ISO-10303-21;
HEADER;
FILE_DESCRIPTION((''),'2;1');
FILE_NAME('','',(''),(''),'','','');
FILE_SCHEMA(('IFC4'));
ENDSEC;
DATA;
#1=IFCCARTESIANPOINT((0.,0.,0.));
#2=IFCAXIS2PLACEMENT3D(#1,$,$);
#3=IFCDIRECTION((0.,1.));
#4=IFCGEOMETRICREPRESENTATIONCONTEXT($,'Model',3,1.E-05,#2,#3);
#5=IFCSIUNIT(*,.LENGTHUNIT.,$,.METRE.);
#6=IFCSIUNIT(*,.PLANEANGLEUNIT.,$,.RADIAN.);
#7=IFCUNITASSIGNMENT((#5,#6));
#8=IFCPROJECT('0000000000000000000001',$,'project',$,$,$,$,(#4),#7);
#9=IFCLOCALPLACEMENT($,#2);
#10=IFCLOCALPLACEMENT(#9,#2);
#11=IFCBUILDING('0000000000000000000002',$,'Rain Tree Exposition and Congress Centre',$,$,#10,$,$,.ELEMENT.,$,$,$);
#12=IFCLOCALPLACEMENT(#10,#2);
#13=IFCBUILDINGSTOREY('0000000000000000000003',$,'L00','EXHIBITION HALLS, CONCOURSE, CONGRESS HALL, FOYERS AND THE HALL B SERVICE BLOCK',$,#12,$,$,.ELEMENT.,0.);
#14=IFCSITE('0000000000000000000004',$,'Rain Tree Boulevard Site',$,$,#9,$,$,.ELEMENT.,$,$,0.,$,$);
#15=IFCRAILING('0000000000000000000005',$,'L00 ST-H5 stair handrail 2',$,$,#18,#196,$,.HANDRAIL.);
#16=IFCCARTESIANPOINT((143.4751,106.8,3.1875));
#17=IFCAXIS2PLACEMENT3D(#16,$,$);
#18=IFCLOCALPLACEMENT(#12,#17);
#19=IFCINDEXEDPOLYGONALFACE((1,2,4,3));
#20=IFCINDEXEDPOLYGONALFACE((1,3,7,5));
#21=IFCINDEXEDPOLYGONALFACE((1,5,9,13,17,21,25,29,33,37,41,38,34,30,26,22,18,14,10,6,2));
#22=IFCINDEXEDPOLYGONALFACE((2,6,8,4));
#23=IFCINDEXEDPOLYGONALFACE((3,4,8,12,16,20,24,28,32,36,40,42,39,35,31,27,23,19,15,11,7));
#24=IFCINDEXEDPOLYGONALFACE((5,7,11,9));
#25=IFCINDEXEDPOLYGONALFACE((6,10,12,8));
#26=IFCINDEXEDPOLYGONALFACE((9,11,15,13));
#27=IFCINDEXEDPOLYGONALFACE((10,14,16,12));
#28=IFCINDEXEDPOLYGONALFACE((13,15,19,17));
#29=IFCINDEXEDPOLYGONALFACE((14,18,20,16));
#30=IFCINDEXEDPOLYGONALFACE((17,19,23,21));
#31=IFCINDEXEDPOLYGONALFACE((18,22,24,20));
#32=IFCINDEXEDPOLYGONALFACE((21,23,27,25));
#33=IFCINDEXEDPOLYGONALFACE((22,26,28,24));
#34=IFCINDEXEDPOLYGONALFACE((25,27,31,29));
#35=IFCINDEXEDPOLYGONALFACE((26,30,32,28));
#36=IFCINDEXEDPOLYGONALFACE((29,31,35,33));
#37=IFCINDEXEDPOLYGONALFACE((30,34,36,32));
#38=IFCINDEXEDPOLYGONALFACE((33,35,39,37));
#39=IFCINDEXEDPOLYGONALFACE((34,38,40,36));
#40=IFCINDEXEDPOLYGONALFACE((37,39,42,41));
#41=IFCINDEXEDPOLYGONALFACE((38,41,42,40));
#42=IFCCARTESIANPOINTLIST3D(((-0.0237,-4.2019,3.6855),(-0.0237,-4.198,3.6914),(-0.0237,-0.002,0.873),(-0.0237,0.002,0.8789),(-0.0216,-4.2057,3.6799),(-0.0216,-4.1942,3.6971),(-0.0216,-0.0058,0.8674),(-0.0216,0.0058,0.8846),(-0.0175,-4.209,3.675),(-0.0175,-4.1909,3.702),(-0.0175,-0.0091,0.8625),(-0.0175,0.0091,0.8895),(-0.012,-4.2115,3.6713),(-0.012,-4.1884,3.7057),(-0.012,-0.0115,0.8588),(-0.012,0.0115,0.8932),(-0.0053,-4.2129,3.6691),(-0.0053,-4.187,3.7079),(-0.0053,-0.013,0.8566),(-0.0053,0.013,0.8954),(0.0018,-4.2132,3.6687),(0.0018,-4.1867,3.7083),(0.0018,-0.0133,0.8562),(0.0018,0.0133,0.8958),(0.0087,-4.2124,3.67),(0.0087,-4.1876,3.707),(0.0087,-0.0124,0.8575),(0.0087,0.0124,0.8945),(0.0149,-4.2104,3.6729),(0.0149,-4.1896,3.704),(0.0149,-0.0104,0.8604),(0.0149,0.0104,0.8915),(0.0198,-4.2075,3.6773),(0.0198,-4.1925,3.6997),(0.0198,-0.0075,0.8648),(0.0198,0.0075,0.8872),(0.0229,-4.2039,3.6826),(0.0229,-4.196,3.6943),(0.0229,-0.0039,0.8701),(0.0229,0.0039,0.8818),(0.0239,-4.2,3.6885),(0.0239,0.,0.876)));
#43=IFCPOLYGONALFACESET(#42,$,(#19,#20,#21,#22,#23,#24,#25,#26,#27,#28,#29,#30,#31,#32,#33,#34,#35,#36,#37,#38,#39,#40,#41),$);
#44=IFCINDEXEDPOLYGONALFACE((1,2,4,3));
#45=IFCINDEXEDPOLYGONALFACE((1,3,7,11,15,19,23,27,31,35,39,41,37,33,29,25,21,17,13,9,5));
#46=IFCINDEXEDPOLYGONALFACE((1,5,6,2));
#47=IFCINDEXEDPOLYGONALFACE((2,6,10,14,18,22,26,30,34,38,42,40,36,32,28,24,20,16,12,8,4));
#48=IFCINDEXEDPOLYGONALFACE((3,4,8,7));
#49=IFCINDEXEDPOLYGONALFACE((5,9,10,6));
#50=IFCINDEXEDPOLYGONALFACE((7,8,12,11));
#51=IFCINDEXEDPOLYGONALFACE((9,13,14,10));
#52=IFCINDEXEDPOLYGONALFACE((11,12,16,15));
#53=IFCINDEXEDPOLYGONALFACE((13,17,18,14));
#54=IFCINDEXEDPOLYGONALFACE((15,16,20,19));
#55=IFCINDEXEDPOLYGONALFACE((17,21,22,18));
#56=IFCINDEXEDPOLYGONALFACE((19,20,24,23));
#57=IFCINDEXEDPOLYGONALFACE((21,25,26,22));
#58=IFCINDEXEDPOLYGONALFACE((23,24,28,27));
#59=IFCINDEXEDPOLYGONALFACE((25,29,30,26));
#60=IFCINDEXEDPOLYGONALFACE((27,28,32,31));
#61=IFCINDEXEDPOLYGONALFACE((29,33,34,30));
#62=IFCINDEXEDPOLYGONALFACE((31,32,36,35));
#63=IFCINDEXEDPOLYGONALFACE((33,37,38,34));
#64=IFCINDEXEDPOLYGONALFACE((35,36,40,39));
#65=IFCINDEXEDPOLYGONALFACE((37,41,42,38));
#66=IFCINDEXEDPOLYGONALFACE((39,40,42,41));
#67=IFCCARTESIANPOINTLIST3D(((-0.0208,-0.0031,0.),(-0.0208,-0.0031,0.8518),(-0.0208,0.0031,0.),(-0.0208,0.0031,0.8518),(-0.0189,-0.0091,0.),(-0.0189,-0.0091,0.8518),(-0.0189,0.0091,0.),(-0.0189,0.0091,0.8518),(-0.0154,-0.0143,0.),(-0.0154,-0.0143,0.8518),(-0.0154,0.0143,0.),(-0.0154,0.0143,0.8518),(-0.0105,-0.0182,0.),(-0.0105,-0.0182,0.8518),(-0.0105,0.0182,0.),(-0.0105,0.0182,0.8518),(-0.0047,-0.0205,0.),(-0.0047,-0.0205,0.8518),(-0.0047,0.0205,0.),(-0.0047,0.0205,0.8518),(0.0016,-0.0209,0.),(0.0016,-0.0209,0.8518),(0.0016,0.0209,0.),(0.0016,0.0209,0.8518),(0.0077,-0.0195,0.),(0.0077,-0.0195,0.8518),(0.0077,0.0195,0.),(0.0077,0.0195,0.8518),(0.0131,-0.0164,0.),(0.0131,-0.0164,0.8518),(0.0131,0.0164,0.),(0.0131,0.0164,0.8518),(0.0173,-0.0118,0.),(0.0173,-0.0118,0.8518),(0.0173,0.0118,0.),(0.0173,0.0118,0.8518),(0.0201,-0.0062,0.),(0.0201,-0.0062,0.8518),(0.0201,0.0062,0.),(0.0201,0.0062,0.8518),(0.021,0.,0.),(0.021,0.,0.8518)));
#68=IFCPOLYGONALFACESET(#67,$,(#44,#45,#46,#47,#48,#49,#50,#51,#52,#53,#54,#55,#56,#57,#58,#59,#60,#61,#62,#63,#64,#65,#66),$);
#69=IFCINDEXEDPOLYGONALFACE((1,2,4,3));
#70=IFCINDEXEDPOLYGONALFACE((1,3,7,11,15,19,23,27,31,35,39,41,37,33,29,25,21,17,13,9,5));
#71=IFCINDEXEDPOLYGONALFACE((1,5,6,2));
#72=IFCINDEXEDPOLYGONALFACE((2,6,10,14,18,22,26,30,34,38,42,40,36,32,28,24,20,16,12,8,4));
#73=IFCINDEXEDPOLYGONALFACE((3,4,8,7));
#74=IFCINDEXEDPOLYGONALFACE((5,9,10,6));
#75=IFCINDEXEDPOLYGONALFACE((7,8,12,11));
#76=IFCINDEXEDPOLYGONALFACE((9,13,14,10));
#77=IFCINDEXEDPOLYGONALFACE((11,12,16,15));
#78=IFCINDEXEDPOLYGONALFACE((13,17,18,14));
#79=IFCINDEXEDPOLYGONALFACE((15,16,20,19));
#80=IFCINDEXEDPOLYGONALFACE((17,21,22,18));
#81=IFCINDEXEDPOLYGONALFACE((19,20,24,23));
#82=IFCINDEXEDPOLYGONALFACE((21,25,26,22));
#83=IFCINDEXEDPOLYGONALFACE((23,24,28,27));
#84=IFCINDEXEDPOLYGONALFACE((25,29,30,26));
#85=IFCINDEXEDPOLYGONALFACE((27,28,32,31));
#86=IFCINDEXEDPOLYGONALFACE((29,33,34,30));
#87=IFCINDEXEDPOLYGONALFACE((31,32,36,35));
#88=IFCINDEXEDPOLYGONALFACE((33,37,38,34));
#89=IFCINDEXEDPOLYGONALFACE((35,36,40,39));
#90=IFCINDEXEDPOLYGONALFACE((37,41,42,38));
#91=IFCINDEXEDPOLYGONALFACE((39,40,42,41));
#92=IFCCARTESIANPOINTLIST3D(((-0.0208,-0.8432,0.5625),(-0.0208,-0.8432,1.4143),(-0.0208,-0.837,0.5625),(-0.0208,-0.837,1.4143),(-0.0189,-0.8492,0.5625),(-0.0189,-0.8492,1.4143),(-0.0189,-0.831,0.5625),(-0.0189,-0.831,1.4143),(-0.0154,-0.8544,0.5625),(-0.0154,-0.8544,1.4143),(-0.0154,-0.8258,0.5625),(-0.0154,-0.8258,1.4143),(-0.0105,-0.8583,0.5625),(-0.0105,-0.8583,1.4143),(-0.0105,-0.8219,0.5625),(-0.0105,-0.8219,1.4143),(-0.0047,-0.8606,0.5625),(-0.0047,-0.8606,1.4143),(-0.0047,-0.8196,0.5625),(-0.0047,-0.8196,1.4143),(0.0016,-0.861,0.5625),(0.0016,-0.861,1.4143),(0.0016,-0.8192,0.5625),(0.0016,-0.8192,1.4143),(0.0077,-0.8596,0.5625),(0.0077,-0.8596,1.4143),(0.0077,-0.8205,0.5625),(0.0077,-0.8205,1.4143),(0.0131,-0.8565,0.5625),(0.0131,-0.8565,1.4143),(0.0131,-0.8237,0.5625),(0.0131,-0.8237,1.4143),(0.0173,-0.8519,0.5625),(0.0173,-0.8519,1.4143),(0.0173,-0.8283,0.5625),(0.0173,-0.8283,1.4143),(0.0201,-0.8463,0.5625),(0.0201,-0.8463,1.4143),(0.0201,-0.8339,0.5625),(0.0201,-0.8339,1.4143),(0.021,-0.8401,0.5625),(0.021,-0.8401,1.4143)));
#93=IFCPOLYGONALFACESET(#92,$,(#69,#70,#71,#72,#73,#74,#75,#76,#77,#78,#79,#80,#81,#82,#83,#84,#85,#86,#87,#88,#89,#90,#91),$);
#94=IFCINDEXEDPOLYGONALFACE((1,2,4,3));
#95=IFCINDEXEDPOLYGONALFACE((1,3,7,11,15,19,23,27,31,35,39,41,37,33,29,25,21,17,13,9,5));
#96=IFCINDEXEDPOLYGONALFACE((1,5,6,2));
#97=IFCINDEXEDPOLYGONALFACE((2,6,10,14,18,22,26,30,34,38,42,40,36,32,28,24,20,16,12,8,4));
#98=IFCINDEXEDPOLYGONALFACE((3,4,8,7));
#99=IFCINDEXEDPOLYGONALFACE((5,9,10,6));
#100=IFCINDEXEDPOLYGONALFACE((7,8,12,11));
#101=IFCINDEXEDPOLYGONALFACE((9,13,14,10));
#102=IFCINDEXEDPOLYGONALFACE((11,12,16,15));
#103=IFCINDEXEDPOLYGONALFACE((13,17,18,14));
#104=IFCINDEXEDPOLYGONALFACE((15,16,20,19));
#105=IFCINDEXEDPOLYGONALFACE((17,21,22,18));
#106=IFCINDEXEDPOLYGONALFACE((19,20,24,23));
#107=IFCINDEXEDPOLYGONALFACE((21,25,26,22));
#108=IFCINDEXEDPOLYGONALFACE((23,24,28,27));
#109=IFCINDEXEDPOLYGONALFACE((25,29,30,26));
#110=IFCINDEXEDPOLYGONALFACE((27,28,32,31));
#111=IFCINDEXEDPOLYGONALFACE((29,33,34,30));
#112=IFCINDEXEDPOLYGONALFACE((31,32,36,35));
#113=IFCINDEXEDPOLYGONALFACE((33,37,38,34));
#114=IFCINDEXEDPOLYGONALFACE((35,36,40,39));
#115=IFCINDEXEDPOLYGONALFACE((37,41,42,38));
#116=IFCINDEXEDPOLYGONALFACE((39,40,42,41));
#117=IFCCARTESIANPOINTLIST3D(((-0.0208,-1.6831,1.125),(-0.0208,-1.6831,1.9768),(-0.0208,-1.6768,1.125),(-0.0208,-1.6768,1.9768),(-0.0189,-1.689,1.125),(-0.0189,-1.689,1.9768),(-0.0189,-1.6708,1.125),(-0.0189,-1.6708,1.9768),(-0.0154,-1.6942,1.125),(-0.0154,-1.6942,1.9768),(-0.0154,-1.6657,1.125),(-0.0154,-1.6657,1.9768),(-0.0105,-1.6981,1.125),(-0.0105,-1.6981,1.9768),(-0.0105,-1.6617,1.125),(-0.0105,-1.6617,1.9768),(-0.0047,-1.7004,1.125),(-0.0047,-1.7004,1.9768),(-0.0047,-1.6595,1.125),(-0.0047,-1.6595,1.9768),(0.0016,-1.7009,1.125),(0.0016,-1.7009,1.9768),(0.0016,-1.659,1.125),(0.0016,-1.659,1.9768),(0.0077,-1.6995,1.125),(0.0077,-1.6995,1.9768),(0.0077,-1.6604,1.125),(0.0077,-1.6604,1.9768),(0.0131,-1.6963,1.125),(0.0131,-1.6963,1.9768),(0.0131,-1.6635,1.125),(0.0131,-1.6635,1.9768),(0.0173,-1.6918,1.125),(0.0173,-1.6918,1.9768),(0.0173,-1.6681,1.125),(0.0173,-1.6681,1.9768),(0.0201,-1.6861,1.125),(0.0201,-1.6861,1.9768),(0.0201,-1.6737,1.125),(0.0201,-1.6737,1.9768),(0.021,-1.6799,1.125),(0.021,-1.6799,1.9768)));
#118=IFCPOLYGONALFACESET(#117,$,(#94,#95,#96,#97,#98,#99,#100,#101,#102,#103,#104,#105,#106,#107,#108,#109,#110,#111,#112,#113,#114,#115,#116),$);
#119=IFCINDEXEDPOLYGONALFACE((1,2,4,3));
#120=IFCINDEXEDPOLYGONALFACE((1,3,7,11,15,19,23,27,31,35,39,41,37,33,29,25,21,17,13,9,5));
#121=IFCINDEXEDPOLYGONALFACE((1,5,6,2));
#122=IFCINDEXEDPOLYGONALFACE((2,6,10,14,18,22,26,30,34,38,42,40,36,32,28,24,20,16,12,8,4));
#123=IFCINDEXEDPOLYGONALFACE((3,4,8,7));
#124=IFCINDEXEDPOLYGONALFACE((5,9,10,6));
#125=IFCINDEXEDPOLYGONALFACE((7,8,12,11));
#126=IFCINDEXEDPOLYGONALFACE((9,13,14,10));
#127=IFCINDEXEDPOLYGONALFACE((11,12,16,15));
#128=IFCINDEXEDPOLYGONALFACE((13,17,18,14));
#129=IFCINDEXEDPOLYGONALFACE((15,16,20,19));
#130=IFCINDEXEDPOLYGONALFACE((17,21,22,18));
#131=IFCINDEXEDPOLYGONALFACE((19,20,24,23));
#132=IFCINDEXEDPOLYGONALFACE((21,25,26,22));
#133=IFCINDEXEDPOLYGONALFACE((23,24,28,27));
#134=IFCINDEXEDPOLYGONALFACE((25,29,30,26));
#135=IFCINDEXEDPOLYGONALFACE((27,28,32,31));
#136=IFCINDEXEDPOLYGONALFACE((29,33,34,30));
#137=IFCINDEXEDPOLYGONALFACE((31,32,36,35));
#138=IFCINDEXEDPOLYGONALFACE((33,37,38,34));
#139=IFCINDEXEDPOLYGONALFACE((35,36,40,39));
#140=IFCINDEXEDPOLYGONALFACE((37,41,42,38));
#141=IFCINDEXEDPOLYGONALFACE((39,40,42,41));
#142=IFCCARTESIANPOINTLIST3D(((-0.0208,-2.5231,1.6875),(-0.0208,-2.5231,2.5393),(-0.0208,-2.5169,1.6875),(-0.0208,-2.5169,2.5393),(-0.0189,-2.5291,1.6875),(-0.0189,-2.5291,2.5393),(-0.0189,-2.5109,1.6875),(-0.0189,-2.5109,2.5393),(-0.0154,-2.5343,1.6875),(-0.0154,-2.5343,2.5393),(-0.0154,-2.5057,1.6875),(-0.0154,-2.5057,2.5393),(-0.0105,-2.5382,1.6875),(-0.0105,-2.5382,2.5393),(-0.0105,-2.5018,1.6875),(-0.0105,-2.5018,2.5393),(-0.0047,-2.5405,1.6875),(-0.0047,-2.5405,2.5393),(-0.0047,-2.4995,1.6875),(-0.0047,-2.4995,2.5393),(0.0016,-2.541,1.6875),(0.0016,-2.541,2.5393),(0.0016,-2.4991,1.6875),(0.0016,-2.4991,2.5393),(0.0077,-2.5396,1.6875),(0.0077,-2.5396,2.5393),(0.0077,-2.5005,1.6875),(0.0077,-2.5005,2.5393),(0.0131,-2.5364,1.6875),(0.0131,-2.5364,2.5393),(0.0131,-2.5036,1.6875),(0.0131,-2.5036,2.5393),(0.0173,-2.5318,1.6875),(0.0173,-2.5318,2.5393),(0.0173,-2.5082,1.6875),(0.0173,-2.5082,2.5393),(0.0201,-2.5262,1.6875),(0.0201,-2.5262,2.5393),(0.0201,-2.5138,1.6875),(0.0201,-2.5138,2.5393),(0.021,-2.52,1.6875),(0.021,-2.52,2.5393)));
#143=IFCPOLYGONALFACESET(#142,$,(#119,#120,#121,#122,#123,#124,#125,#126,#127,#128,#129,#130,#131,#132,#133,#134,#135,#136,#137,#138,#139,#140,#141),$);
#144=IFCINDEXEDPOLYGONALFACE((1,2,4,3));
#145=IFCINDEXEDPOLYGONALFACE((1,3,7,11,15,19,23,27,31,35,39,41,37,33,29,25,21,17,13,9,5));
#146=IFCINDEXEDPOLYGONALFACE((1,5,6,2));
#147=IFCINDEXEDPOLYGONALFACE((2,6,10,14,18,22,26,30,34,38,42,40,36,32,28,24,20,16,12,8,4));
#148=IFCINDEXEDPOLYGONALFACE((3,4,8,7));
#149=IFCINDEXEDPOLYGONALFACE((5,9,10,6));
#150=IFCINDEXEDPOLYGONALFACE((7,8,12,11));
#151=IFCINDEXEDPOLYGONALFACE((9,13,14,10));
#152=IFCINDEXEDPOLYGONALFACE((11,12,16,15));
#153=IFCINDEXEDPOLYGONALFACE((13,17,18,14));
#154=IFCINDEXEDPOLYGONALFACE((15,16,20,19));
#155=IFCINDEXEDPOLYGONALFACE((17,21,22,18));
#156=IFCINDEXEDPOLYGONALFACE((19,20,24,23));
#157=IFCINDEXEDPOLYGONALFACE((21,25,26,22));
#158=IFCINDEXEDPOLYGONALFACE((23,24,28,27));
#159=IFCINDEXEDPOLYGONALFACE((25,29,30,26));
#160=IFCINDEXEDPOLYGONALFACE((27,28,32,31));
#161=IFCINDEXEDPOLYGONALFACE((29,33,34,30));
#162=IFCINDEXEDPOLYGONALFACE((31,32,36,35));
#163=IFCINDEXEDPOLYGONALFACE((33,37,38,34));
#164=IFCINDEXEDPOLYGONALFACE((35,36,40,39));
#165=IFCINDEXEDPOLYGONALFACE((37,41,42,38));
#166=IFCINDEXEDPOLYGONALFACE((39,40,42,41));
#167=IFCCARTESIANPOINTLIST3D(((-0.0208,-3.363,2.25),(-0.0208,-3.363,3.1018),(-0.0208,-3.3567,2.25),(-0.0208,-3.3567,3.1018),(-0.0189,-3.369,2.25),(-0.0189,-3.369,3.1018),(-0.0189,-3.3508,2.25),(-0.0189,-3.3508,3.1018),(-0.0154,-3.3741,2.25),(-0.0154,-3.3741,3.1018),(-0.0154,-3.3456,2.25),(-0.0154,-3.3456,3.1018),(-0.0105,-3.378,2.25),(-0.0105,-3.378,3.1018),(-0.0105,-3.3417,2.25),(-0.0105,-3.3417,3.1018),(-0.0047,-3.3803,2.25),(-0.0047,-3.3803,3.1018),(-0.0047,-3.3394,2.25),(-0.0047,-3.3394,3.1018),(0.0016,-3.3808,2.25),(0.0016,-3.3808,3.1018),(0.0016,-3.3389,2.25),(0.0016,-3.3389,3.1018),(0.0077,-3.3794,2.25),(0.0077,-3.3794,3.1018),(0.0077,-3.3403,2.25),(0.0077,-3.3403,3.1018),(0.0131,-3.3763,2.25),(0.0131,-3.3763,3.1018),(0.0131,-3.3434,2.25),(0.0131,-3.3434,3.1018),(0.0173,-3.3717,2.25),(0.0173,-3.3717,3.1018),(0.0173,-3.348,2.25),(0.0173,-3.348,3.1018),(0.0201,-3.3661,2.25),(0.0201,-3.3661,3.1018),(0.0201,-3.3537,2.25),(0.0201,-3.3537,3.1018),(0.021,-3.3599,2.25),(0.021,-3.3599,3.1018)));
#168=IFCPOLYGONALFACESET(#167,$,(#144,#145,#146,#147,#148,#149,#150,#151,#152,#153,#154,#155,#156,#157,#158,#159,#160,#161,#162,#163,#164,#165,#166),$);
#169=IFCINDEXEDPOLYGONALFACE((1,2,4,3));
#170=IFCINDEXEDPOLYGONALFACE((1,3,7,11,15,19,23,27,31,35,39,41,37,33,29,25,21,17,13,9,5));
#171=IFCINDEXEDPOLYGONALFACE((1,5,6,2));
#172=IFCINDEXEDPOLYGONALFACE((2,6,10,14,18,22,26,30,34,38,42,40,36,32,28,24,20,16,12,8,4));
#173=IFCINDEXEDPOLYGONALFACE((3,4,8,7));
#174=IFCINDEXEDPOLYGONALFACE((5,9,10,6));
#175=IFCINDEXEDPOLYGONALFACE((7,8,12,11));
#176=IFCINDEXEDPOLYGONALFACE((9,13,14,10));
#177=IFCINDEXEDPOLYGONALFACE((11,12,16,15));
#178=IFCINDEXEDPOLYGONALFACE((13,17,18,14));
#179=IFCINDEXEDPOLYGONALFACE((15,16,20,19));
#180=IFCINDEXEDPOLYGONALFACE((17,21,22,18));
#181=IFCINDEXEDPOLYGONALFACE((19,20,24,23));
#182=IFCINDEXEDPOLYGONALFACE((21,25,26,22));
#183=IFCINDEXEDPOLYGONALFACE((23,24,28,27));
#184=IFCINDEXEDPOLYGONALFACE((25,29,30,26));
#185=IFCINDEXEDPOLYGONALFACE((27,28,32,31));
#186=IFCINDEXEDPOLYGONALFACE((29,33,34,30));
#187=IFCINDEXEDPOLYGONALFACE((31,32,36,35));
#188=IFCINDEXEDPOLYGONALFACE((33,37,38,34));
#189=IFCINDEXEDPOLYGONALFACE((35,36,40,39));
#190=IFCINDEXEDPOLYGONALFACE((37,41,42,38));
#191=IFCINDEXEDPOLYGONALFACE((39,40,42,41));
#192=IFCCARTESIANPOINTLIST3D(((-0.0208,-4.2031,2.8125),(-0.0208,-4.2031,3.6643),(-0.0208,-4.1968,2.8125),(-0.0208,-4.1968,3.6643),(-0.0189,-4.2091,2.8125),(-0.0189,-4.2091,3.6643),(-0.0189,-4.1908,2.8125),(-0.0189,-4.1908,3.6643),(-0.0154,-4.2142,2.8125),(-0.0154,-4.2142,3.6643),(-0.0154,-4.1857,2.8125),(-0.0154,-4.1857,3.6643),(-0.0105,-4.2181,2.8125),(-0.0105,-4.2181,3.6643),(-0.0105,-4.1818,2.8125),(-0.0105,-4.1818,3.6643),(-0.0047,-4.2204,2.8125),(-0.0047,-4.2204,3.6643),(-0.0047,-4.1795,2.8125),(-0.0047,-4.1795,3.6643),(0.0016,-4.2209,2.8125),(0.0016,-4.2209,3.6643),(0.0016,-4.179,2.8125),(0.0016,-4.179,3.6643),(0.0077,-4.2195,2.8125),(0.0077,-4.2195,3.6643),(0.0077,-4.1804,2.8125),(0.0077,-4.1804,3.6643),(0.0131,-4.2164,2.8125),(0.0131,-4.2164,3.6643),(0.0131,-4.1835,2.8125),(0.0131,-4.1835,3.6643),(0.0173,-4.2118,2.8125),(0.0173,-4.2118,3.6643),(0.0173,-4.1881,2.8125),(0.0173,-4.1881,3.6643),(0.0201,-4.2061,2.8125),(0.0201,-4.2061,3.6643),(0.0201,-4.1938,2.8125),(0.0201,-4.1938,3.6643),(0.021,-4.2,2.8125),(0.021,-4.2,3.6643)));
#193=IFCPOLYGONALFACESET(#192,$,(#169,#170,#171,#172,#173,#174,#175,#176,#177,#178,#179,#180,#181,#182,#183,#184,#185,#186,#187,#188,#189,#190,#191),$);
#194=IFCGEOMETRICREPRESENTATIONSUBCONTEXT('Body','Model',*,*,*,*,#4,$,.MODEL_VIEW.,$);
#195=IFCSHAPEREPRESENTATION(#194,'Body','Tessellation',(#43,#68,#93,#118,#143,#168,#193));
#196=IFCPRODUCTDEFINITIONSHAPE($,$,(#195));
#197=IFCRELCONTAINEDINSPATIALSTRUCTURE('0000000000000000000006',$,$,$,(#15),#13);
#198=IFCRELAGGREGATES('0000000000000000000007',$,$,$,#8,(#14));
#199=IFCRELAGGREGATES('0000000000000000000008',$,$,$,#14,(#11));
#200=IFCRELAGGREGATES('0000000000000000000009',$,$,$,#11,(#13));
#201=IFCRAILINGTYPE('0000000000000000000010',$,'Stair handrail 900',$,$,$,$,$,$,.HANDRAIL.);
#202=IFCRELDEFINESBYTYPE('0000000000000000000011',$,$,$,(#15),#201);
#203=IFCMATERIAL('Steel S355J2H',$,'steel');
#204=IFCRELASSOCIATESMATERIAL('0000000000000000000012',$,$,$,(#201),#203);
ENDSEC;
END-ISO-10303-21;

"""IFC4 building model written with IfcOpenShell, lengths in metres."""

from ifc_helpers import new_model, si_unit, direction, frame, origin, origin_2d, place, context, subcontext, project, spatial, circle, extrude, material, type_object, element, save


model = new_model("IFC4")

# Units and contexts
model_context = context("Model", 3, precision=1e-05, world=origin(), true_north=direction((0.0, 1.0)))
body_context = subcontext(model_context, "Body", "Model", "MODEL_VIEW")
ifc_project = project(units=[si_unit("LENGTHUNIT", "METRE"), si_unit("PLANEANGLEUNIT", "RADIAN")], contexts=[model_context])

# Site, building, storey
site_placement = place(None, origin())
site = spatial("IfcSite", under=ifc_project, at=site_placement, Name="Rain Tree Boulevard Site", CompositionType="ELEMENT", RefElevation=0.0)
building_placement = place(site_placement, origin())
building = spatial("IfcBuilding", under=site, at=building_placement, Name="Rain Tree Exposition and Congress Centre", CompositionType="ELEMENT")
storey_placement = place(building_placement, origin())
storey = spatial("IfcBuildingStorey", under=building, at=storey_placement, Name="L00", Description="EXHIBITION HALLS, CONCOURSE, CONGRESS HALL, FOYERS AND THE HALL B SERVICE BLOCK", CompositionType="ELEMENT", Elevation=0.0)

# Railing
ifc_material_1 = material(Name="Steel S355J2H", Category="steel")
railing_type_1 = type_object("IfcRailingType", Name="Stair handrail 900", PredefinedType="HANDRAIL", material=ifc_material_1)
railing_1_placement = place(storey_placement, frame((143.4751, 106.8, 3.1875)))
element("IfcRailing", 1, at=railing_1_placement, inside=storey, type_object=railing_type_1, Name="L00 ST-H5 stair handrail 2", PredefinedType="HANDRAIL", context=body_context, shape_type="SweptSolid", body=[
    extrude(circle(Radius=0.0239, at=origin_2d()), frame((0.0, 0.0, 0.876), z_axis=(0.0, -0.830904, 0.556416), x_axis=(1.0, 0.0, 0.0)), (0.0, 0.0, 1.0), 5.0547),
    extrude(circle(Radius=0.021, at=origin_2d()), origin(), (0.0, 0.0, 1.0), 0.8518),
    extrude(circle(Radius=0.021, at=origin_2d()), frame((0.0, -0.8401, 0.5625)), (0.0, 0.0, 1.0), 0.8518),
    extrude(circle(Radius=0.021, at=origin_2d()), frame((0.0, -1.6799, 1.125)), (0.0, 0.0, 1.0), 0.8518),
    extrude(circle(Radius=0.021, at=origin_2d()), frame((0.0, -2.52, 1.6875)), (0.0, 0.0, 1.0), 0.8518),
    extrude(circle(Radius=0.021, at=origin_2d()), frame((0.0, -3.3599, 2.25)), (0.0, 0.0, 1.0), 0.8518),
    extrude(circle(Radius=0.021, at=origin_2d()), frame((0.0, -4.2, 2.8125)), (0.0, 0.0, 1.0), 0.8518),
])

save(model, "model.ifc")
